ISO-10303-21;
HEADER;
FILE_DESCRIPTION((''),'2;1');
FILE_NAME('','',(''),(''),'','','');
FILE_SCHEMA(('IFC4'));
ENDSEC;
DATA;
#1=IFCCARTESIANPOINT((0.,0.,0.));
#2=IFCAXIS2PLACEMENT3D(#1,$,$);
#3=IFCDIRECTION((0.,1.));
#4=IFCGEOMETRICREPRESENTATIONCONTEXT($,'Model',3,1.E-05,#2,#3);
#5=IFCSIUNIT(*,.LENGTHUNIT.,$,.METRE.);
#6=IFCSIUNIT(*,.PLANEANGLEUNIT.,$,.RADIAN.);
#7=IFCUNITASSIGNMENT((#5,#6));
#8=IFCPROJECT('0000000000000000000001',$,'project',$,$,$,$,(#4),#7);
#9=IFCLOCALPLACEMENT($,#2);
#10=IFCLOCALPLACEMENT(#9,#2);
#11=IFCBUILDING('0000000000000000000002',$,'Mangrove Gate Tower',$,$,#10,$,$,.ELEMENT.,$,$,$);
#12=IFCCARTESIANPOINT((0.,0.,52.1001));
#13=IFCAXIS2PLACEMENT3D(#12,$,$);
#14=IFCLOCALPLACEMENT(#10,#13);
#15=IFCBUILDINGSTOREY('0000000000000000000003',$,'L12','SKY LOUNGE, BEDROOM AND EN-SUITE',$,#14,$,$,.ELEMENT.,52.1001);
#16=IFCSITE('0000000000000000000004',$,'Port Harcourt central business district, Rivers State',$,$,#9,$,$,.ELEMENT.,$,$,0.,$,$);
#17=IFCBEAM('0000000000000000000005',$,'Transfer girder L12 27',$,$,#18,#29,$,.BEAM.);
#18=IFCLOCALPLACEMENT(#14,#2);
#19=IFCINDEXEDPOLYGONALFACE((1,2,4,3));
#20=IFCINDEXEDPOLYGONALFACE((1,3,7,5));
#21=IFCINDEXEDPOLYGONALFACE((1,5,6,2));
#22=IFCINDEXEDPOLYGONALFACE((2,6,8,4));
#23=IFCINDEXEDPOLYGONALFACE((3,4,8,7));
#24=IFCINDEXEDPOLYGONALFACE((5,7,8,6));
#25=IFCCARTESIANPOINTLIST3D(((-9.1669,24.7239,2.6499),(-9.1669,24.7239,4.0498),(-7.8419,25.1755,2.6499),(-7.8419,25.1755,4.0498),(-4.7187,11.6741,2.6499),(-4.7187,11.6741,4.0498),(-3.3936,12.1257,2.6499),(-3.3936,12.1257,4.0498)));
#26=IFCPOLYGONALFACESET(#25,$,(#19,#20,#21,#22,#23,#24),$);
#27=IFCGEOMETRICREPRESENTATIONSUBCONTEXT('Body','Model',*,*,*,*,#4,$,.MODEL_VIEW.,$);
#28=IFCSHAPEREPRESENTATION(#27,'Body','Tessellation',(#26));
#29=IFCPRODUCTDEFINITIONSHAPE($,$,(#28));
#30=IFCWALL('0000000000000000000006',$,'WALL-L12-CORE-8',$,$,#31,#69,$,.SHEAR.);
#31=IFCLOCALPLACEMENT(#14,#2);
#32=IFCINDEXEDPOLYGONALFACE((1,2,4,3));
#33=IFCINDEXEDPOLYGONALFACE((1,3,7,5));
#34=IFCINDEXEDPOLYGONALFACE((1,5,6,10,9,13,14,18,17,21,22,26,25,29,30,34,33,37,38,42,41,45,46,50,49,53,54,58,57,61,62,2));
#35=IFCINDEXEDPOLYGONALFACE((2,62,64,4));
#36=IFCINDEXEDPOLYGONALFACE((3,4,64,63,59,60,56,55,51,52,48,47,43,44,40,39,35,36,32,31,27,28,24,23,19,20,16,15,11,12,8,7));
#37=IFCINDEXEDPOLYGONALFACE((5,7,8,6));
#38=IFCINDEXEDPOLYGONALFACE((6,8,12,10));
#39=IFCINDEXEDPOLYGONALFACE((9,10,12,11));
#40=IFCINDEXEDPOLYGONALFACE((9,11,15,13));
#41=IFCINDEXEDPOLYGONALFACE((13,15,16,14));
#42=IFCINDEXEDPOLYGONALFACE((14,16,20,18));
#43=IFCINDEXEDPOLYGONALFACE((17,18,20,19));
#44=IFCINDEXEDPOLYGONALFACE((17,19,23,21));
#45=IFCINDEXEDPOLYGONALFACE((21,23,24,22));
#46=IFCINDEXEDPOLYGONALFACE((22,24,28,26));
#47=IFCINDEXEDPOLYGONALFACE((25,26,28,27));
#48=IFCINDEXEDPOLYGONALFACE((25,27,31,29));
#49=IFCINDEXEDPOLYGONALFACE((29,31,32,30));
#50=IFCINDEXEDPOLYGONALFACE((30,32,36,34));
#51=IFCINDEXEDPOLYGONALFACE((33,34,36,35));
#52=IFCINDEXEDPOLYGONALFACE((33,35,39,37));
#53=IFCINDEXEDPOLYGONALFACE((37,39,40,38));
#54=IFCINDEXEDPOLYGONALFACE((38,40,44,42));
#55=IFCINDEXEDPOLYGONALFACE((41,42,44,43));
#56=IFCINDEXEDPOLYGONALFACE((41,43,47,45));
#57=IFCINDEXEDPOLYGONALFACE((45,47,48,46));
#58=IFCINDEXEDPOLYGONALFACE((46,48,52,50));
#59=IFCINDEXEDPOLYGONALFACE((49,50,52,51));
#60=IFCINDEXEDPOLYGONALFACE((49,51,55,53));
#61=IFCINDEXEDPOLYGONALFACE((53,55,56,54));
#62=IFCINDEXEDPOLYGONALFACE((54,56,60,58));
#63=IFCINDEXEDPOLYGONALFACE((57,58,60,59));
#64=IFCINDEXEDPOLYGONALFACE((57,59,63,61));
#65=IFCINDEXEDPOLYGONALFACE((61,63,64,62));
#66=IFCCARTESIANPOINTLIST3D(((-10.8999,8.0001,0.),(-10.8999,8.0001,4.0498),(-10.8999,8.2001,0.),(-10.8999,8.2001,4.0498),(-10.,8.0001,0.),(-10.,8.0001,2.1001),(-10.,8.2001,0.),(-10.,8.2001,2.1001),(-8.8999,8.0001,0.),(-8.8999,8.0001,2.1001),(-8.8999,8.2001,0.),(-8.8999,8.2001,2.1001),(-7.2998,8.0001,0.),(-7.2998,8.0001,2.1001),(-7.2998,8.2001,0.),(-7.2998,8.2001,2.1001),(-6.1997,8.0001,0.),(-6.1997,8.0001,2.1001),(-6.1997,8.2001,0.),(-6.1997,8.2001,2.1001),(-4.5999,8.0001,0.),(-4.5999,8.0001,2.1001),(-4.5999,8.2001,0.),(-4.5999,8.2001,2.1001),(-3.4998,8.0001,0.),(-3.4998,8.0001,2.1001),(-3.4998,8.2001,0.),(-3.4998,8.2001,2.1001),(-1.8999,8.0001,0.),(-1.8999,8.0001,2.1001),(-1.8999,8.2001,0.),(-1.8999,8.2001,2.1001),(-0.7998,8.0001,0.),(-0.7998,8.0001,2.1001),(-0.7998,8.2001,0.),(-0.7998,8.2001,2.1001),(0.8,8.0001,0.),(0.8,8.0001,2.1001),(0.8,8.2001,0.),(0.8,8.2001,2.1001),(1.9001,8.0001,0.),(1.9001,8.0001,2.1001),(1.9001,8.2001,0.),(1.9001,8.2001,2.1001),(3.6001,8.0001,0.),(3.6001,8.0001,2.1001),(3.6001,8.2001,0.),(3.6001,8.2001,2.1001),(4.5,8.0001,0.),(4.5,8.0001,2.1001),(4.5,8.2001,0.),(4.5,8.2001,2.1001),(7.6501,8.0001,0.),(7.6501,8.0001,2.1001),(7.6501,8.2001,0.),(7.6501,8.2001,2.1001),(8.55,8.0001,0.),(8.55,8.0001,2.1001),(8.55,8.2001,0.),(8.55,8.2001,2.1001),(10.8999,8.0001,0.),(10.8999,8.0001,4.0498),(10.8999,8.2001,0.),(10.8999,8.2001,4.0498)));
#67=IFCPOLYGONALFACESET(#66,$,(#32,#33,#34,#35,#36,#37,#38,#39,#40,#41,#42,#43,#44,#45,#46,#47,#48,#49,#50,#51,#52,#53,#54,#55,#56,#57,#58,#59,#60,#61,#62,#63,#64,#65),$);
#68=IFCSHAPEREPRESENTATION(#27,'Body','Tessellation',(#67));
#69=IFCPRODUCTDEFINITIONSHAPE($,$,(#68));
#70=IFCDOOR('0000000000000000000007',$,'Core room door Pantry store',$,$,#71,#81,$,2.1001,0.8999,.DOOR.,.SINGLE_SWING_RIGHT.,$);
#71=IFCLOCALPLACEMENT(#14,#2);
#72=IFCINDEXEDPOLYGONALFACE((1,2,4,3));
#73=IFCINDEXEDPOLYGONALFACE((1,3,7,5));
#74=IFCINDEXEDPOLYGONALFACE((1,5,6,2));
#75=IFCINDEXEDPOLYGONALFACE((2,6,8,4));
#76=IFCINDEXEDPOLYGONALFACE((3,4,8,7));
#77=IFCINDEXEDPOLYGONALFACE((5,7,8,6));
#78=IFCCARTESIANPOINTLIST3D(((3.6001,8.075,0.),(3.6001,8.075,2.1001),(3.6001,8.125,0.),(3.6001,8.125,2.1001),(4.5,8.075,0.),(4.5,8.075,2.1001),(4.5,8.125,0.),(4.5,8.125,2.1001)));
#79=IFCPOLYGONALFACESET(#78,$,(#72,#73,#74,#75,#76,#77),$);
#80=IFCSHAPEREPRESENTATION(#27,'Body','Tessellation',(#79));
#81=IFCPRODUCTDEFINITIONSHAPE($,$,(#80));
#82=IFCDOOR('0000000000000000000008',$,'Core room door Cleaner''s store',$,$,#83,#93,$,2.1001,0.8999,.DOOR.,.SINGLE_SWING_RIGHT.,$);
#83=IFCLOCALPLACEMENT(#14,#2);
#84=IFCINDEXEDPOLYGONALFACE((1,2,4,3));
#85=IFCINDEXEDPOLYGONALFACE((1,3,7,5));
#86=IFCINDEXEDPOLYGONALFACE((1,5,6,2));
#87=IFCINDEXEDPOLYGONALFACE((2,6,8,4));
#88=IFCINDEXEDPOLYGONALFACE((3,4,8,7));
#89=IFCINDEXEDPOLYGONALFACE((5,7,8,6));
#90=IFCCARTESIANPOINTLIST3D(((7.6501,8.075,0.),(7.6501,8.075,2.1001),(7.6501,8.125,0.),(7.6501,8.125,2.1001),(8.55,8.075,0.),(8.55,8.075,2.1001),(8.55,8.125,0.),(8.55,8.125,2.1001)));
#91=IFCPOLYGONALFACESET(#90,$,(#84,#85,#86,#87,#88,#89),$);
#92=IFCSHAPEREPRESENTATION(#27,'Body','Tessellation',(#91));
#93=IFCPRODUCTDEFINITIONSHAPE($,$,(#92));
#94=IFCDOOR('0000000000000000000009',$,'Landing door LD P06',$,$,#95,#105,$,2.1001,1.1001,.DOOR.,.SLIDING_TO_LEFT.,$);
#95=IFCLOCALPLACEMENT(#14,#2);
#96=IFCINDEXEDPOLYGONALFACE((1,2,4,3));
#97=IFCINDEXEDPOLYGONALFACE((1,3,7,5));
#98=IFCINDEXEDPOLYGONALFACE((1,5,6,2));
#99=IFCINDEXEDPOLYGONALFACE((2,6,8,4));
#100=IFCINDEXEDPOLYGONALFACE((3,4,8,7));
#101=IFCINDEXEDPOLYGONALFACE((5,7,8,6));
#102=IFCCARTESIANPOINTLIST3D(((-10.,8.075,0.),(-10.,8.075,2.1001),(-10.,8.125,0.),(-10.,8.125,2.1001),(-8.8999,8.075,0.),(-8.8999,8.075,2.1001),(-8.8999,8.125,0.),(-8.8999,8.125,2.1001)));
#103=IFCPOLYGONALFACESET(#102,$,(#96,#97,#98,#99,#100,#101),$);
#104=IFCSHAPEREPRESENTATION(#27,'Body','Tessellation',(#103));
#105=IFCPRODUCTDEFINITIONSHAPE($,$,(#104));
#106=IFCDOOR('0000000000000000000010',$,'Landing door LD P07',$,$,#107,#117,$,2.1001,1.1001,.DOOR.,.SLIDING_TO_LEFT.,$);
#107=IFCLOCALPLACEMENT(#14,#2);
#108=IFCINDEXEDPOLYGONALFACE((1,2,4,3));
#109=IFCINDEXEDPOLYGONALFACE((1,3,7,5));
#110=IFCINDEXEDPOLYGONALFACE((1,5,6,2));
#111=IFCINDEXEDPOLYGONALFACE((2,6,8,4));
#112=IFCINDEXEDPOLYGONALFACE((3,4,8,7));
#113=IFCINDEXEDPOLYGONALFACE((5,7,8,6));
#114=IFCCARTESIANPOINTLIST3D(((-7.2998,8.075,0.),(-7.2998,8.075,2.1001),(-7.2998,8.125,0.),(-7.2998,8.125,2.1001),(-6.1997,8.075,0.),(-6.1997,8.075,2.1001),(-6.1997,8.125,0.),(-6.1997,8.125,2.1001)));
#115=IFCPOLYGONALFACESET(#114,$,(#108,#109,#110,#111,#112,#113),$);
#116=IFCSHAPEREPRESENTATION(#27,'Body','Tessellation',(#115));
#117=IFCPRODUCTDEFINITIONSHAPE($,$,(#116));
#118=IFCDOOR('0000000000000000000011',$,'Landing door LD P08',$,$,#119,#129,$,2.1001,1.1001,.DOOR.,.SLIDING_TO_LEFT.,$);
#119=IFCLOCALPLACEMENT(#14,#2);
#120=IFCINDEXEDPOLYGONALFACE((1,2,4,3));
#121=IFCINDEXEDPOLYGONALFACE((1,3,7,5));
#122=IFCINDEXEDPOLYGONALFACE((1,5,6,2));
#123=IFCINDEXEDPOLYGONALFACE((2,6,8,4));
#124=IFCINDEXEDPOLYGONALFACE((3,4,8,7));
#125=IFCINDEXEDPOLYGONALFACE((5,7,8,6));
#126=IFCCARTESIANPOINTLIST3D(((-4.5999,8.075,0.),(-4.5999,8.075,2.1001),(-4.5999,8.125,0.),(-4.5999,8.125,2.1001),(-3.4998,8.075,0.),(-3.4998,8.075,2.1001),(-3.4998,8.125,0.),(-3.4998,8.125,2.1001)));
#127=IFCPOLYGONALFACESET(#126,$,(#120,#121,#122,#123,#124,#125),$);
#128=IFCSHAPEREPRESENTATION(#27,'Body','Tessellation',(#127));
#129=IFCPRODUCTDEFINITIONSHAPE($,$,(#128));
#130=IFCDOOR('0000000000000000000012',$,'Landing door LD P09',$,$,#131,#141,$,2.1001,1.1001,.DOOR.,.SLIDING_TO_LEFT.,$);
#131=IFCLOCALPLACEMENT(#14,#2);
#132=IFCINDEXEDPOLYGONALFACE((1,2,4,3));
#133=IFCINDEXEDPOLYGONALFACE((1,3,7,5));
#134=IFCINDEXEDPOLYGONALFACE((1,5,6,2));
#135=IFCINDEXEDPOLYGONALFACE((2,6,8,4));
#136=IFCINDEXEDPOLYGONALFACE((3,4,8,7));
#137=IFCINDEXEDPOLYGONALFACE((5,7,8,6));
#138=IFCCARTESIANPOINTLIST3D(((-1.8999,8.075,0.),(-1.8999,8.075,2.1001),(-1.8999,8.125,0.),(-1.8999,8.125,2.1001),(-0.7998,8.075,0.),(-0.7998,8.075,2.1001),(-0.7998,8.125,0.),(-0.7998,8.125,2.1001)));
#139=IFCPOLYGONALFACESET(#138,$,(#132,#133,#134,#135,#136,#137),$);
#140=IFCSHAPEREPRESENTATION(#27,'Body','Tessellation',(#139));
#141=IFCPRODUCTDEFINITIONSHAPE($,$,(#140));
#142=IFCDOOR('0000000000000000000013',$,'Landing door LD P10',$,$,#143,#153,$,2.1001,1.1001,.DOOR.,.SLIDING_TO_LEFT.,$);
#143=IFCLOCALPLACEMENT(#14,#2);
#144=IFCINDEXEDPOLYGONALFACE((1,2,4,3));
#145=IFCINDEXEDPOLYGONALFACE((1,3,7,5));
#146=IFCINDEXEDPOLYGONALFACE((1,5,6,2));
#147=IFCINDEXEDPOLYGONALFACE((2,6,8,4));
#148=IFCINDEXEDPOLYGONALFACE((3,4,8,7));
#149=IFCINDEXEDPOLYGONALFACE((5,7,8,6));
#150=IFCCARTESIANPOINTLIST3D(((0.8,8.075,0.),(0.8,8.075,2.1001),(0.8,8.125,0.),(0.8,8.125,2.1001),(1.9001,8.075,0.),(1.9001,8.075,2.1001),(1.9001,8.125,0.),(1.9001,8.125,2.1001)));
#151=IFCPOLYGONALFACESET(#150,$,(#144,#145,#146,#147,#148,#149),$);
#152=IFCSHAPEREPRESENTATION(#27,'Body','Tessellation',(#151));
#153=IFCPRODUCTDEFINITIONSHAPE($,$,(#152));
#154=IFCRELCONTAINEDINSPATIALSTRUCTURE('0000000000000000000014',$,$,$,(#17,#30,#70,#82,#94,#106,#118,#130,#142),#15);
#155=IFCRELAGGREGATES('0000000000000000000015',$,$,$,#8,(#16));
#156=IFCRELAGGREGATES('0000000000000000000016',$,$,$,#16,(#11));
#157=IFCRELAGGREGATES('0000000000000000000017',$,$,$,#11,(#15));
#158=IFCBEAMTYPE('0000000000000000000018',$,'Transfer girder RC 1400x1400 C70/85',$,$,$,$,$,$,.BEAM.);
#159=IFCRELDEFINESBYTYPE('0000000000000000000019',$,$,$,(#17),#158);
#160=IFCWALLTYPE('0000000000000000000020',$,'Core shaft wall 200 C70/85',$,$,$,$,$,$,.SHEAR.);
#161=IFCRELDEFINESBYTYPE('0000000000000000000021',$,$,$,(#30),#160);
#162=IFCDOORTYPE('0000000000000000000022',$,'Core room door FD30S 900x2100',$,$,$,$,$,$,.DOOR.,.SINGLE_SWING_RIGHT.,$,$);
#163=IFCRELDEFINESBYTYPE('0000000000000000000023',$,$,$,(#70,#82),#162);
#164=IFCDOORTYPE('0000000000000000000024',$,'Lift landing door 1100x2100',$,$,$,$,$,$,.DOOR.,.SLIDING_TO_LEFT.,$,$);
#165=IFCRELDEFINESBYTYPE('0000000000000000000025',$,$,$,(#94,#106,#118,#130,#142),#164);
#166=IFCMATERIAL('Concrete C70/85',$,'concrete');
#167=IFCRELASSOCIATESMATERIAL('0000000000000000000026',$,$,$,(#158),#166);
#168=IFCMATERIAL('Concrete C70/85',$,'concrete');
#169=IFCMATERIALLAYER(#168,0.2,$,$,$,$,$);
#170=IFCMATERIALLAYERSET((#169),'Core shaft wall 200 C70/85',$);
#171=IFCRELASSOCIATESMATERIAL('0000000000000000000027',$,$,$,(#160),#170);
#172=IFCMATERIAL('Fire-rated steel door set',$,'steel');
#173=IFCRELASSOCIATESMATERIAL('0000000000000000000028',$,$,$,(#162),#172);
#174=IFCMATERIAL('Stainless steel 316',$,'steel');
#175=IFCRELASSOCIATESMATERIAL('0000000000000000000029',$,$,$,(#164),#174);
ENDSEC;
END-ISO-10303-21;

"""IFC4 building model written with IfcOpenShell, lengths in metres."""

from ifc_helpers import new_model, si_unit, direction, frame, frame_2d, origin, origin_2d, place, context, subcontext, project, spatial, rectangle, extrude, material, layer, layer_set, material_profile, profile_set, type_object, element, fill, save


model = new_model("IFC4")

# Units and contexts
model_context = context("Model", 3, precision=1e-05, world=origin(), true_north=direction((0.0, 1.0)))
body_context = subcontext(model_context, "Body", "Model", "MODEL_VIEW")
ifc_project = project(units=[si_unit("LENGTHUNIT", "METRE"), si_unit("PLANEANGLEUNIT", "RADIAN")], contexts=[model_context])

# Site, building, storey
site_placement = place(None, origin())
site = spatial("IfcSite", under=ifc_project, at=site_placement, Name="Port Harcourt central business district, Rivers State", CompositionType="ELEMENT", RefElevation=0.0)
building_placement = place(site_placement, origin())
building = spatial("IfcBuilding", under=site, at=building_placement, Name="Mangrove Gate Tower", CompositionType="ELEMENT")
storey_placement = place(building_placement, frame((0.0, 0.0, 52.1001)))
storey = spatial("IfcBuildingStorey", under=building, at=storey_placement, Name="L12", Description="SKY LOUNGE, BEDROOM AND EN-SUITE", CompositionType="ELEMENT", Elevation=52.1001)

# Beam
ifc_material_1 = material(Name="Concrete C70/85", Category="concrete")
ifc_material_profile = material_profile(ifc_material_1, rectangle(XDim=1.3999, YDim=1.3999, at=origin_2d()))
ifc_profile_set = profile_set([ifc_material_profile], Name="Concrete C70/85")
beam_type = type_object("IfcBeamType", Name="Transfer girder RC 1400x1400 C70/85", PredefinedType="BEAM", material=ifc_profile_set)
beam_placement = place(storey_placement, frame((-4.0562, 11.8999, 3.3499), z_axis=(-0.322638, 0.946522, 0.0), x_axis=(-0.946522, -0.322638, 0.0)))
element("IfcBeam", 1, at=beam_placement, inside=storey, type_object=beam_type, Name="Transfer girder L12 27", PredefinedType="BEAM", context=body_context, shape_type="SweptSolid", body=[
    extrude(rectangle(XDim=1.3999, YDim=1.3999, at=origin_2d()), origin(), (0.0, 0.0, 1.0), 13.7871),
])

# Wall, openings, doors
ifc_material_2 = material(Name="Concrete C70/85", Category="concrete")
ifc_layer = layer(ifc_material_2, 0.2)
ifc_layer_set = layer_set([ifc_layer], Name="Core shaft wall 200 C70/85")
wall_type = type_object("IfcWallType", Name="Core shaft wall 200 C70/85", PredefinedType="SHEAR", material=ifc_layer_set)
wall_placement = place(storey_placement, frame((-10.8999, 8.1001, 0.0), z_axis=(0.0, 0.0, 1.0), x_axis=(1.0, 0.0, 0.0)))
wall = element("IfcWall", 2, at=wall_placement, inside=storey, type_object=wall_type, Name="WALL-L12-CORE-8", PredefinedType="SHEAR", context=body_context, shape_type="SweptSolid", body=[
    extrude(rectangle(XDim=21.7998, YDim=0.2, at=frame_2d((10.8999, 0.0))), origin(), (0.0, 0.0, 1.0), 4.0498),
])
opening_1_placement = place(wall_placement, frame((0.8999, 0.0, 0.0)))
opening_1 = element("IfcOpeningElement", 3, at=opening_1_placement, cuts=wall, PredefinedType="OPENING", context=body_context, shape_type="SweptSolid", body=[
    extrude(rectangle(XDim=1.1001, YDim=2.1001, at=frame_2d((0.55, 1.05))), frame((0.0, 0.1099, 0.0), z_axis=(0.0, -1.0, 0.0), x_axis=(1.0, 0.0, 0.0)), (0.0, 0.0, 1.0), 0.22),
])
opening_2_placement = place(wall_placement, frame((3.6001, 0.0, 0.0)))
opening_2 = element("IfcOpeningElement", 4, at=opening_2_placement, cuts=wall, PredefinedType="OPENING", context=body_context, shape_type="SweptSolid", body=[
    extrude(rectangle(XDim=1.1001, YDim=2.1001, at=frame_2d((0.55, 1.05))), frame((0.0, 0.1099, 0.0), z_axis=(0.0, -1.0, 0.0), x_axis=(1.0, 0.0, 0.0)), (0.0, 0.0, 1.0), 0.22),
])
opening_3_placement = place(wall_placement, frame((6.3, 0.0, 0.0)))
opening_3 = element("IfcOpeningElement", 5, at=opening_3_placement, cuts=wall, PredefinedType="OPENING", context=body_context, shape_type="SweptSolid", body=[
    extrude(rectangle(XDim=1.1001, YDim=2.1001, at=frame_2d((0.55, 1.05))), frame((0.0, 0.1099, 0.0), z_axis=(0.0, -1.0, 0.0), x_axis=(1.0, 0.0, 0.0)), (0.0, 0.0, 1.0), 0.22),
])
opening_4_placement = place(wall_placement, frame((9.0, 0.0, 0.0)))
opening_4 = element("IfcOpeningElement", 6, at=opening_4_placement, cuts=wall, PredefinedType="OPENING", context=body_context, shape_type="SweptSolid", body=[
    extrude(rectangle(XDim=1.1001, YDim=2.1001, at=frame_2d((0.55, 1.05))), frame((0.0, 0.1099, 0.0), z_axis=(0.0, -1.0, 0.0), x_axis=(1.0, 0.0, 0.0)), (0.0, 0.0, 1.0), 0.22),
])
opening_5_placement = place(wall_placement, frame((11.7, 0.0, 0.0)))
opening_5 = element("IfcOpeningElement", 7, at=opening_5_placement, cuts=wall, PredefinedType="OPENING", context=body_context, shape_type="SweptSolid", body=[
    extrude(rectangle(XDim=1.1001, YDim=2.1001, at=frame_2d((0.55, 1.05))), frame((0.0, 0.1099, 0.0), z_axis=(0.0, -1.0, 0.0), x_axis=(1.0, 0.0, 0.0)), (0.0, 0.0, 1.0), 0.22),
])
opening_6_placement = place(wall_placement, frame((14.5, 0.0, 0.0)))
opening_6 = element("IfcOpeningElement", 8, at=opening_6_placement, cuts=wall, PredefinedType="OPENING", context=body_context, shape_type="SweptSolid", body=[
    extrude(rectangle(XDim=0.8999, YDim=2.1001, at=frame_2d((0.45, 1.05))), frame((0.0, 0.1099, 0.0), z_axis=(0.0, -1.0, 0.0), x_axis=(1.0, 0.0, 0.0)), (0.0, 0.0, 1.0), 0.22),
])
opening_7_placement = place(wall_placement, frame((18.55, 0.0, 0.0)))
opening_7 = element("IfcOpeningElement", 9, at=opening_7_placement, cuts=wall, PredefinedType="OPENING", context=body_context, shape_type="SweptSolid", body=[
    extrude(rectangle(XDim=0.8999, YDim=2.1001, at=frame_2d((0.45, 1.05))), frame((0.0, 0.1099, 0.0), z_axis=(0.0, -1.0, 0.0), x_axis=(1.0, 0.0, 0.0)), (0.0, 0.0, 1.0), 0.22),
])
ifc_material_3 = material(Name="Fire-rated steel door set", Category="steel")
door_type_1 = type_object("IfcDoorType", Name="Core room door FD30S 900x2100", OperationType="SINGLE_SWING_RIGHT", PredefinedType="DOOR", material=ifc_material_3)
door_1_placement = place(opening_6_placement, origin())
door_1 = element("IfcDoor", 10, at=door_1_placement, inside=storey, type_object=door_type_1, Name="Core room door Pantry store", OperationType="SINGLE_SWING_RIGHT", OverallHeight=2.1001, OverallWidth=0.8999, PredefinedType="DOOR", context=body_context, shape_type="SweptSolid", body=[
    extrude(rectangle(XDim=0.8999, YDim=2.1001, at=frame_2d((0.45, 1.05))), frame((0.0, 0.0249, 0.0), z_axis=(0.0, -1.0, 0.0), x_axis=(1.0, 0.0, 0.0)), (0.0, 0.0, 1.0), 0.05),
])
fill(opening_6, door_1)
door_2_placement = place(opening_7_placement, origin())
door_2 = element("IfcDoor", 11, at=door_2_placement, inside=storey, type_object=door_type_1, Name="Core room door Cleaner's store", OperationType="SINGLE_SWING_RIGHT", OverallHeight=2.1001, OverallWidth=0.8999, PredefinedType="DOOR", context=body_context, shape_type="SweptSolid", body=[
    extrude(rectangle(XDim=0.8999, YDim=2.1001, at=frame_2d((0.45, 1.05))), frame((0.0, 0.0249, 0.0), z_axis=(0.0, -1.0, 0.0), x_axis=(1.0, 0.0, 0.0)), (0.0, 0.0, 1.0), 0.05),
])
fill(opening_7, door_2)
ifc_material_4 = material(Name="Stainless steel 316", Category="steel")
door_type_2 = type_object("IfcDoorType", Name="Lift landing door 1100x2100", OperationType="SLIDING_TO_LEFT", PredefinedType="DOOR", material=ifc_material_4)
door_3_placement = place(opening_1_placement, origin())
door_3 = element("IfcDoor", 12, at=door_3_placement, inside=storey, type_object=door_type_2, Name="Landing door LD P06", OperationType="SLIDING_TO_LEFT", OverallHeight=2.1001, OverallWidth=1.1001, PredefinedType="DOOR", context=body_context, shape_type="SweptSolid", body=[
    extrude(rectangle(XDim=1.1001, YDim=2.1001, at=frame_2d((0.55, 1.05))), frame((0.0, 0.0249, 0.0), z_axis=(0.0, -1.0, 0.0), x_axis=(1.0, 0.0, 0.0)), (0.0, 0.0, 1.0), 0.05),
])
fill(opening_1, door_3)
door_4_placement = place(opening_2_placement, origin())
door_4 = element("IfcDoor", 13, at=door_4_placement, inside=storey, type_object=door_type_2, Name="Landing door LD P07", OperationType="SLIDING_TO_LEFT", OverallHeight=2.1001, OverallWidth=1.1001, PredefinedType="DOOR", context=body_context, shape_type="SweptSolid", body=[
    extrude(rectangle(XDim=1.1001, YDim=2.1001, at=frame_2d((0.55, 1.05))), frame((0.0, 0.0249, 0.0), z_axis=(0.0, -1.0, 0.0), x_axis=(1.0, 0.0, 0.0)), (0.0, 0.0, 1.0), 0.05),
])
fill(opening_2, door_4)
door_5_placement = place(opening_3_placement, origin())
door_5 = element("IfcDoor", 14, at=door_5_placement, inside=storey, type_object=door_type_2, Name="Landing door LD P08", OperationType="SLIDING_TO_LEFT", OverallHeight=2.1001, OverallWidth=1.1001, PredefinedType="DOOR", context=body_context, shape_type="SweptSolid", body=[
    extrude(rectangle(XDim=1.1001, YDim=2.1001, at=frame_2d((0.55, 1.05))), frame((0.0, 0.0249, 0.0), z_axis=(0.0, -1.0, 0.0), x_axis=(1.0, 0.0, 0.0)), (0.0, 0.0, 1.0), 0.05),
])
fill(opening_3, door_5)
door_6_placement = place(opening_4_placement, origin())
door_6 = element("IfcDoor", 15, at=door_6_placement, inside=storey, type_object=door_type_2, Name="Landing door LD P09", OperationType="SLIDING_TO_LEFT", OverallHeight=2.1001, OverallWidth=1.1001, PredefinedType="DOOR", context=body_context, shape_type="SweptSolid", body=[
    extrude(rectangle(XDim=1.1001, YDim=2.1001, at=frame_2d((0.55, 1.05))), frame((0.0, 0.0249, 0.0), z_axis=(0.0, -1.0, 0.0), x_axis=(1.0, 0.0, 0.0)), (0.0, 0.0, 1.0), 0.05),
])
fill(opening_4, door_6)
door_7_placement = place(opening_5_placement, origin())
door_7 = element("IfcDoor", 16, at=door_7_placement, inside=storey, type_object=door_type_2, Name="Landing door LD P10", OperationType="SLIDING_TO_LEFT", OverallHeight=2.1001, OverallWidth=1.1001, PredefinedType="DOOR", context=body_context, shape_type="SweptSolid", body=[
    extrude(rectangle(XDim=1.1001, YDim=2.1001, at=frame_2d((0.55, 1.05))), frame((0.0, 0.0249, 0.0), z_axis=(0.0, -1.0, 0.0), x_axis=(1.0, 0.0, 0.0)), (0.0, 0.0, 1.0), 0.05),
])
fill(opening_5, door_7)

save(model, "model.ifc")
